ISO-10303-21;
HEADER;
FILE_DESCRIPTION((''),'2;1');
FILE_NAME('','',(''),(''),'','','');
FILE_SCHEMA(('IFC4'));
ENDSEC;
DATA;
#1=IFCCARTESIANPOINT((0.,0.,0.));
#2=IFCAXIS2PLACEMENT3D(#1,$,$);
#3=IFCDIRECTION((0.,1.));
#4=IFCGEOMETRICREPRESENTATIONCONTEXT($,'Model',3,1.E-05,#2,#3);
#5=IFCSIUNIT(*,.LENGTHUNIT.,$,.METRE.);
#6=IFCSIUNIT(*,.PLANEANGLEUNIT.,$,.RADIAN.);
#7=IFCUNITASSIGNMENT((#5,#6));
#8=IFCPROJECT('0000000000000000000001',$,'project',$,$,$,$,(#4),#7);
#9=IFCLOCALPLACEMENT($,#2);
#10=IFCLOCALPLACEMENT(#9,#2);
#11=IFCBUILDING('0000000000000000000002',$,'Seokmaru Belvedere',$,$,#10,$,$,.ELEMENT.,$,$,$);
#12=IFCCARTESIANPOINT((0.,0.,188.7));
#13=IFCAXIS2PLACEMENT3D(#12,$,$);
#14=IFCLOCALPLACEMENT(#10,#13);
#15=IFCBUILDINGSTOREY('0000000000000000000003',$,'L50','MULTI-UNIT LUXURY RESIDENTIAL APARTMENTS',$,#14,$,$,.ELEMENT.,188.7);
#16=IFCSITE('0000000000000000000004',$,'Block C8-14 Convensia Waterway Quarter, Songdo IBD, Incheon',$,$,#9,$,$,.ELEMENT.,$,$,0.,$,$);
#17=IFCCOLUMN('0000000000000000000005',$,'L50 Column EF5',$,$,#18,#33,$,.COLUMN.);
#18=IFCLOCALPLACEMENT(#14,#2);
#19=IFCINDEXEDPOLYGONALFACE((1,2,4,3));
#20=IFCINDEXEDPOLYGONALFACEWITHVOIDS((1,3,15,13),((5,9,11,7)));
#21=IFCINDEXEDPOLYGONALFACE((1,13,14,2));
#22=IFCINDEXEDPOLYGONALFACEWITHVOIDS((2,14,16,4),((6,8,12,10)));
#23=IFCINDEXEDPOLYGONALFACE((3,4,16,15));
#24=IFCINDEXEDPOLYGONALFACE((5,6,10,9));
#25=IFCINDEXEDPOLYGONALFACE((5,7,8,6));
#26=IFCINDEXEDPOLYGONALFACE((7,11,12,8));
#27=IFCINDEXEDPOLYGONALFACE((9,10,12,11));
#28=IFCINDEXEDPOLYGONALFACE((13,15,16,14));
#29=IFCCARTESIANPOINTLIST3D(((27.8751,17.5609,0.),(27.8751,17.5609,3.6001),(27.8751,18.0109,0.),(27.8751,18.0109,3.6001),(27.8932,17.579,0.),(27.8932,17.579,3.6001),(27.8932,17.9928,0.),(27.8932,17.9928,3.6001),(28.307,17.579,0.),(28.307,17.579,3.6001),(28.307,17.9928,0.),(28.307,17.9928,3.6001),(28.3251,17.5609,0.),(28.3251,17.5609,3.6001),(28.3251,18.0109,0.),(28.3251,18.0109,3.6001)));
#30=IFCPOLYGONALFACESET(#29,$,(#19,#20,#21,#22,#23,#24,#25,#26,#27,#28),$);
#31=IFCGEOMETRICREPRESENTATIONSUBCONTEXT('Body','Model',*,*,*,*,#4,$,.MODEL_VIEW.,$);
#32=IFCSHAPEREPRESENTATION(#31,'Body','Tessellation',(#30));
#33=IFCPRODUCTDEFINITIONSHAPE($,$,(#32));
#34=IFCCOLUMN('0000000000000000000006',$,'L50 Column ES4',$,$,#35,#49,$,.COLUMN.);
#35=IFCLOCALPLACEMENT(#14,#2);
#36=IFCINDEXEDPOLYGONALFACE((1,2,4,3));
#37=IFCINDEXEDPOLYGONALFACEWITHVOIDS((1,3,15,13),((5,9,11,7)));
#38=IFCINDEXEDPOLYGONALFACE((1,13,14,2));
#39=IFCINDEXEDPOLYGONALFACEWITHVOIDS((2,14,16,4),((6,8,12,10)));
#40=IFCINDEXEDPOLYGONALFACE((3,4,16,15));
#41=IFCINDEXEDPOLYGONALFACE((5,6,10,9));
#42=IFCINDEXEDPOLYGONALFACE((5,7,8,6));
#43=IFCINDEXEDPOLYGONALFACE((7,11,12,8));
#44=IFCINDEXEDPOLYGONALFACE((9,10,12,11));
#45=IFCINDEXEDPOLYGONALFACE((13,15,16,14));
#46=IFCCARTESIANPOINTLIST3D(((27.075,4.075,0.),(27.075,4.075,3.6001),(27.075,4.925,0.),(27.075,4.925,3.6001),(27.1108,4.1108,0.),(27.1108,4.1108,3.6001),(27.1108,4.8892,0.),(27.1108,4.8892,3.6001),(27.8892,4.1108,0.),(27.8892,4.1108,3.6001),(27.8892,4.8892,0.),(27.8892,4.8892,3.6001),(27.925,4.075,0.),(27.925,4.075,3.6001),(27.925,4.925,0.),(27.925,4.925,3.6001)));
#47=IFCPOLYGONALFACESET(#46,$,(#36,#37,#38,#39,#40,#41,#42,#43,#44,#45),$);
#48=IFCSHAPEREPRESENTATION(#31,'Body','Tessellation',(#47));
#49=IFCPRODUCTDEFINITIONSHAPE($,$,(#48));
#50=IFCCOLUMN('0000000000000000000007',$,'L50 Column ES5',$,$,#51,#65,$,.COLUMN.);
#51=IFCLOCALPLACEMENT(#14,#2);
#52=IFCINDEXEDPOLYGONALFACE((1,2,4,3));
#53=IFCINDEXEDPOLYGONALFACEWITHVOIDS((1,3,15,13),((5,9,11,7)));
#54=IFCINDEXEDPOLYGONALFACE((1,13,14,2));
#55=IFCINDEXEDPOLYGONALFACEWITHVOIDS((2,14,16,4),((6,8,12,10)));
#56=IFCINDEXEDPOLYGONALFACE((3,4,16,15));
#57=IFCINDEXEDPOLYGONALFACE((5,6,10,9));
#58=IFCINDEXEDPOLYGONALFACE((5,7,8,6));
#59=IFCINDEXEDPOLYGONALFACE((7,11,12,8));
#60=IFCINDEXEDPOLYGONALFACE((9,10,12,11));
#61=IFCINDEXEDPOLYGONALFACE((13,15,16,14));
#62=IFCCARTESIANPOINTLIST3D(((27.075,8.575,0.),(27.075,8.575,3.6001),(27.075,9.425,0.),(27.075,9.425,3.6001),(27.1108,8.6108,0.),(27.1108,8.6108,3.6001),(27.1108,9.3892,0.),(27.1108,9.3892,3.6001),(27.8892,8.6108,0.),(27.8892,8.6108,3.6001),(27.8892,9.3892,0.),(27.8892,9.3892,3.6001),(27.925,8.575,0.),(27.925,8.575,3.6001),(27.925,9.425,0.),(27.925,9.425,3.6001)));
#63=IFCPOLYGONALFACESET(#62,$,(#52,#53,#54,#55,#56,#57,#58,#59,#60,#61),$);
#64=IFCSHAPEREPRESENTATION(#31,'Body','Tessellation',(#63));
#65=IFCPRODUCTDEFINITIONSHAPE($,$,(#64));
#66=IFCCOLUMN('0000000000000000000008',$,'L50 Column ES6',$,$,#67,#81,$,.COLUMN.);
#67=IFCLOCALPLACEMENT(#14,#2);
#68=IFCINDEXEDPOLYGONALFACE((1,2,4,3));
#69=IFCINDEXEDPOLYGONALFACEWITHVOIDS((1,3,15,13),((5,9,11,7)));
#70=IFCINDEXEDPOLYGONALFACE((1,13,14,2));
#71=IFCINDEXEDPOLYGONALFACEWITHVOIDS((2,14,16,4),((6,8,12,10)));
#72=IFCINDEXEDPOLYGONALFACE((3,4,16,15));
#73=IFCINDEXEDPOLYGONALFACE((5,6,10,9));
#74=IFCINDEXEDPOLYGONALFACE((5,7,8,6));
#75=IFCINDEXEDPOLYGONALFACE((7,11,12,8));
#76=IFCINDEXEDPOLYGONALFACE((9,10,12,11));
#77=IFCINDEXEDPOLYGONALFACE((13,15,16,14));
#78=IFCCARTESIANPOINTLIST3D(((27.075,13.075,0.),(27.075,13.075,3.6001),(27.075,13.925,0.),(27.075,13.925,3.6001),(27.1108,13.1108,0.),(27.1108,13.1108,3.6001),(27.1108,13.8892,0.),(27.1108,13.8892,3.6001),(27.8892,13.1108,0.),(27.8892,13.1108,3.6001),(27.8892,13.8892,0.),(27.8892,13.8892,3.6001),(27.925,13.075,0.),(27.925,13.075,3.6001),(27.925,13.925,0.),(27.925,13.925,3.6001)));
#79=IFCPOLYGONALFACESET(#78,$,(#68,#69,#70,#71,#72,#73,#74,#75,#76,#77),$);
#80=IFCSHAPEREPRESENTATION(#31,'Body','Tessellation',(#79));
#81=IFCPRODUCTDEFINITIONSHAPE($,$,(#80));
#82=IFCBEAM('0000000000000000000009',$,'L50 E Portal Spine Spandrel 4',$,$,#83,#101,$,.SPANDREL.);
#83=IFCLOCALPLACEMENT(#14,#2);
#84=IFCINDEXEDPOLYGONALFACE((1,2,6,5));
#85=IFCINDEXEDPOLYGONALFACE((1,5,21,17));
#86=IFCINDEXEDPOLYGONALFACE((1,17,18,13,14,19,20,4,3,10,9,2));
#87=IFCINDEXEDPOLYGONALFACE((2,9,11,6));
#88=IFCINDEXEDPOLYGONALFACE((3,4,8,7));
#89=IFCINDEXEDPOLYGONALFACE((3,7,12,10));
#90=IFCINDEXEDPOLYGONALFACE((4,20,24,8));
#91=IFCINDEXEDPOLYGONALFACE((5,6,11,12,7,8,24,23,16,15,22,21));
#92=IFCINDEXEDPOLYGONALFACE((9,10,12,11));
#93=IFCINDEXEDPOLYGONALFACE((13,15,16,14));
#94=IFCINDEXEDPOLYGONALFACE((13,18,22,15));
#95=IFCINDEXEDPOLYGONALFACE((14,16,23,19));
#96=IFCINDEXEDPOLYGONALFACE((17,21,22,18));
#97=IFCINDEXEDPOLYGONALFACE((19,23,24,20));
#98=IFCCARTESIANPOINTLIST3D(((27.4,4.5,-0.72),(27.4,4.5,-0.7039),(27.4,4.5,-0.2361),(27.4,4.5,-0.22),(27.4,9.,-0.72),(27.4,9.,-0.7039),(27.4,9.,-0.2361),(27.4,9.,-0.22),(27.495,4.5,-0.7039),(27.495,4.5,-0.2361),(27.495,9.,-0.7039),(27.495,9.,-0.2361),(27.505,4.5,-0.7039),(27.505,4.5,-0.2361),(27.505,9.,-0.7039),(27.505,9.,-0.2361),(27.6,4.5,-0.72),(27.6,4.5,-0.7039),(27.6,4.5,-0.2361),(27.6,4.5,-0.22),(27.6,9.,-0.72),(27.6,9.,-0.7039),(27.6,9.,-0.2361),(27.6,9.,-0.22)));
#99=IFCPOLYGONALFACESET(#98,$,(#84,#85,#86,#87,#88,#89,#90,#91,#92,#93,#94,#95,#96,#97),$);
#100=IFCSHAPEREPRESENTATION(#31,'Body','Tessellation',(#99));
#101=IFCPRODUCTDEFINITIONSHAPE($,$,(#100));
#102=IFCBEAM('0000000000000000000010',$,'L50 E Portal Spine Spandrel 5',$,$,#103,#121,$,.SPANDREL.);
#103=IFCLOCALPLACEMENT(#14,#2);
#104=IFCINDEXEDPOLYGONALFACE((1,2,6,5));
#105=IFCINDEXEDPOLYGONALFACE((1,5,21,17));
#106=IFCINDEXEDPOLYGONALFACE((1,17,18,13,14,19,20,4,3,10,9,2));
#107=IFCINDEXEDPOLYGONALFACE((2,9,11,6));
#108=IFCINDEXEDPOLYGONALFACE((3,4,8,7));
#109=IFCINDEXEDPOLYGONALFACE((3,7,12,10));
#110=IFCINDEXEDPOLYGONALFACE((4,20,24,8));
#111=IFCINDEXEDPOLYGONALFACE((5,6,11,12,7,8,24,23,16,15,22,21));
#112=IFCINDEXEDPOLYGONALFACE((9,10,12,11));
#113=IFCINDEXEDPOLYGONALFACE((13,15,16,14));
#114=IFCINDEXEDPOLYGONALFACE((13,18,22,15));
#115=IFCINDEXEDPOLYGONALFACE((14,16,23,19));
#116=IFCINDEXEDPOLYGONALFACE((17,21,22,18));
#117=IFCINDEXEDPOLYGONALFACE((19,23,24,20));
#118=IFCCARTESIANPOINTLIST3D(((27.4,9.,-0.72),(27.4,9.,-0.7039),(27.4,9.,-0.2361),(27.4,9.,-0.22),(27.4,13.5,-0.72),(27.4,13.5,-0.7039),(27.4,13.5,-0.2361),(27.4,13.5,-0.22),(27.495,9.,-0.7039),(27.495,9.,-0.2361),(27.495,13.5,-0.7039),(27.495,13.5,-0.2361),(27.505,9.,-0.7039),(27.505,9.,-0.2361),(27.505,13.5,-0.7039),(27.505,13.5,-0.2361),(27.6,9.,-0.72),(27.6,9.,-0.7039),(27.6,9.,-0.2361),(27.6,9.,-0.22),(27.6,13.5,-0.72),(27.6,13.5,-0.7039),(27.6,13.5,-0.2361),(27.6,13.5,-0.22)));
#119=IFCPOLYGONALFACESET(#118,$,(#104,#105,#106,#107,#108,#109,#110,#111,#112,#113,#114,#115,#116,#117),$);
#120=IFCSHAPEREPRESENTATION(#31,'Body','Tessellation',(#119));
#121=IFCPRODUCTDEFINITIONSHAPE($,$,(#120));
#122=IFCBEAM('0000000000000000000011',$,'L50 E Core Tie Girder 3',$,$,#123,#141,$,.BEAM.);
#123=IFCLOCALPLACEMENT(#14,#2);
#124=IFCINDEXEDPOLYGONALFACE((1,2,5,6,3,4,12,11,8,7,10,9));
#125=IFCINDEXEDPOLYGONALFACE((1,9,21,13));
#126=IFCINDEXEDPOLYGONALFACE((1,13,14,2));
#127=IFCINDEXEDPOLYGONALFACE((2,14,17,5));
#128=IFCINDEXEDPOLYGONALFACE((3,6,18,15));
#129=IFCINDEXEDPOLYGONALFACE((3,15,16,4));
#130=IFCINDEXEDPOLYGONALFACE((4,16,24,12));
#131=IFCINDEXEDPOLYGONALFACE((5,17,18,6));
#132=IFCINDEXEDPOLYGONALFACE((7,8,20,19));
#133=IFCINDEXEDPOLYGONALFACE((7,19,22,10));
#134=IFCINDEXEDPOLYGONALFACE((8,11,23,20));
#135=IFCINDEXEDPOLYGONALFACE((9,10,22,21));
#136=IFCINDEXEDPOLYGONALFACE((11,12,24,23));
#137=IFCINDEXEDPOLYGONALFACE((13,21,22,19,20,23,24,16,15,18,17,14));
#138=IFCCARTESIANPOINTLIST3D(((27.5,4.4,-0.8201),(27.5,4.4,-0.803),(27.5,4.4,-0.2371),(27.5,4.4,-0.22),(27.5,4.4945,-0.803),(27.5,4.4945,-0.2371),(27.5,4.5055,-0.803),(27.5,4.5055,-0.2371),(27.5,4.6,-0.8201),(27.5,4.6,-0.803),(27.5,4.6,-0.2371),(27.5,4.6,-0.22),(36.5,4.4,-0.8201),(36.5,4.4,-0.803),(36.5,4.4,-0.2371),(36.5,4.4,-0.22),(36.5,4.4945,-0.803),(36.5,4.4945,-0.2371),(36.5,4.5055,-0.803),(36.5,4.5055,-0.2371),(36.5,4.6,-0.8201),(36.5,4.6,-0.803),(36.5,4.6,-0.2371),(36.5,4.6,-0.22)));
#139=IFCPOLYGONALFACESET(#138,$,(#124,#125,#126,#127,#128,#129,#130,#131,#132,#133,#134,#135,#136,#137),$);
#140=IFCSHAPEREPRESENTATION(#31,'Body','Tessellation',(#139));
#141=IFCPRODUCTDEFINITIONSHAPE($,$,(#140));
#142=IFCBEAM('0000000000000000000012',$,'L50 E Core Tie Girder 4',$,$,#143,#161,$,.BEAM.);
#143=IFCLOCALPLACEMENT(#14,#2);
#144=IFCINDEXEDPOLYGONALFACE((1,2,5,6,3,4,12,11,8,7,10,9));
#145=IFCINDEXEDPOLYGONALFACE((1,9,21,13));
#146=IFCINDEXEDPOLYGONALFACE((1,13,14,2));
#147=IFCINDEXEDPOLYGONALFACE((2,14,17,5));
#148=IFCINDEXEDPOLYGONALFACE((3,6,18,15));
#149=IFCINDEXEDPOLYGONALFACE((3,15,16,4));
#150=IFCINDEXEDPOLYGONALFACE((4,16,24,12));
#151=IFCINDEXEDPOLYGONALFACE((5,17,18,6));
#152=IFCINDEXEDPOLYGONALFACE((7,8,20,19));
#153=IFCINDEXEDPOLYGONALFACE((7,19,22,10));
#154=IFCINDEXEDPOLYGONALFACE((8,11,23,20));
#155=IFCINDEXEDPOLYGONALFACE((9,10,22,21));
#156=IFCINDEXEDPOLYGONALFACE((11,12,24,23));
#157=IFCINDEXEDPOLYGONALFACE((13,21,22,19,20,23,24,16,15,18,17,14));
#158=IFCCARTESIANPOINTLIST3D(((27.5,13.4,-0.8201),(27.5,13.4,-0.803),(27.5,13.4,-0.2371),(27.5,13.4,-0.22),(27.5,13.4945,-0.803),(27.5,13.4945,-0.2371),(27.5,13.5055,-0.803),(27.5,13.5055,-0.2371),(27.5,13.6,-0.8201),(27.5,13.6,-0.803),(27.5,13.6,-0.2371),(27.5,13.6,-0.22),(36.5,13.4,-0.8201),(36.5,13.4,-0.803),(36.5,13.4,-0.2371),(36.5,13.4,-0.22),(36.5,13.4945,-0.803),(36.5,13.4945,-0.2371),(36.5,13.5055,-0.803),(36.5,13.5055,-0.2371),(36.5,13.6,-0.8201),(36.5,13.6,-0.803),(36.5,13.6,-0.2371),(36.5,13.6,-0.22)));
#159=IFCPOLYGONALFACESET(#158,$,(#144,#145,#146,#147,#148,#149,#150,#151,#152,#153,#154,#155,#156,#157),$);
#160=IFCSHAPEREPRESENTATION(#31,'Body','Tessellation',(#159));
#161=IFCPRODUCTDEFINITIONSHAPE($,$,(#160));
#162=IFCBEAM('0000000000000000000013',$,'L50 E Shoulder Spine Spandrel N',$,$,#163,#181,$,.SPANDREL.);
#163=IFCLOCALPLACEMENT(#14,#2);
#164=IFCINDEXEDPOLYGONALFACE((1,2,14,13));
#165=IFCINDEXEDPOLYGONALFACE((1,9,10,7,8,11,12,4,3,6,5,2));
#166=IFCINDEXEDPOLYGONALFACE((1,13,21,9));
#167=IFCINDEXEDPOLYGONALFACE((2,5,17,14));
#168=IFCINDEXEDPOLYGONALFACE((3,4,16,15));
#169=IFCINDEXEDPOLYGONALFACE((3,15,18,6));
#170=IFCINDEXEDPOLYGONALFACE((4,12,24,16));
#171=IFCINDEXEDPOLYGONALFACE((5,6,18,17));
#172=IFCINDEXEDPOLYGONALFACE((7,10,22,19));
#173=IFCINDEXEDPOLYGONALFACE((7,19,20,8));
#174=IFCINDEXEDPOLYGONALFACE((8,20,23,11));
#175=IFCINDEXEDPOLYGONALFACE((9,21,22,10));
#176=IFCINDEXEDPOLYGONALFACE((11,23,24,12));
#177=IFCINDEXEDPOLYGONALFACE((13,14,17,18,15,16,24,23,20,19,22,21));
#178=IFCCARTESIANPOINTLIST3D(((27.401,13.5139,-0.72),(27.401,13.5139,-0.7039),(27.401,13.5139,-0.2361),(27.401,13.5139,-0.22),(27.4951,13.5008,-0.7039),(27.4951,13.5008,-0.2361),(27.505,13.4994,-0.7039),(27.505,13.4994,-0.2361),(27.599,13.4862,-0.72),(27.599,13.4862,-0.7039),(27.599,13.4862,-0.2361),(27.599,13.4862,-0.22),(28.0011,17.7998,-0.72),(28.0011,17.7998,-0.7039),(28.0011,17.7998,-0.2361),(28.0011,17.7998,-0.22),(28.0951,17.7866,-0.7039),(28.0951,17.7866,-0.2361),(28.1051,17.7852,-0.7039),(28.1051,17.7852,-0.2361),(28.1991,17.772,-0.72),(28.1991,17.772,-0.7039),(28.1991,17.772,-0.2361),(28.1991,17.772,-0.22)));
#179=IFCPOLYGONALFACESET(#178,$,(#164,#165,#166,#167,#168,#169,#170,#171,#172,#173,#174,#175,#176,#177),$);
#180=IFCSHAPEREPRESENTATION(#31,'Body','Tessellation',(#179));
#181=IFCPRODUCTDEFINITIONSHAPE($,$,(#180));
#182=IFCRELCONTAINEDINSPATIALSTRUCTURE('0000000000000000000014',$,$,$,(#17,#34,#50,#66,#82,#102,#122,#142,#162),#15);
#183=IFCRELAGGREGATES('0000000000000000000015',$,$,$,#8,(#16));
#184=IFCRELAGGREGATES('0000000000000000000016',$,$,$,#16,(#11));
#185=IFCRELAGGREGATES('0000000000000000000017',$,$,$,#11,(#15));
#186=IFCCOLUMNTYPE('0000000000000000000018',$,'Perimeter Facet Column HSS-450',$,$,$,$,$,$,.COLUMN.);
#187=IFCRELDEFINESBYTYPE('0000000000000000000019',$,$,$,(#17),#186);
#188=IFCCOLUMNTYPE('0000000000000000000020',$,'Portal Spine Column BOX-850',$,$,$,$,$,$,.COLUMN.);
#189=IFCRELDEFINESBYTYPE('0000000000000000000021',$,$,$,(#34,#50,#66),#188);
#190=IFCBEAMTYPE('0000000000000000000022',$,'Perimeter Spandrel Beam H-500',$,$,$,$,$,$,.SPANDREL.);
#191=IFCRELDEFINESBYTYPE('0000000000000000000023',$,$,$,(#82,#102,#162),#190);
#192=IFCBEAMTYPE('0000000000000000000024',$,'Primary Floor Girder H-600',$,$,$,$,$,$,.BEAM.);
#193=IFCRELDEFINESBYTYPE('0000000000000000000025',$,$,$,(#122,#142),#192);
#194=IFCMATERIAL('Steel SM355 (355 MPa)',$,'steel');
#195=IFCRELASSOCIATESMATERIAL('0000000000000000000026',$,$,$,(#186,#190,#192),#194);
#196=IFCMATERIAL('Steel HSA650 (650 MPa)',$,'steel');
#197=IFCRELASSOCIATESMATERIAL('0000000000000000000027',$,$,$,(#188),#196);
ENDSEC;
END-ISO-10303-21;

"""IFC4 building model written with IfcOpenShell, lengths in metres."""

from ifc_helpers import new_model, si_unit, direction, frame, origin, origin_2d, place, context, subcontext, project, spatial, hollow_rectangle, i_section, extrude, source, transform, mapped, material, material_profile, profile_set, type_object, type_shapes, element, save


model = new_model("IFC4")

# Units and contexts
model_context = context("Model", 3, precision=1e-05, world=origin(), true_north=direction((0.0, 1.0)))
body_context = subcontext(model_context, "Body", "Model", "MODEL_VIEW")
ifc_project = project(units=[si_unit("LENGTHUNIT", "METRE"), si_unit("PLANEANGLEUNIT", "RADIAN")], contexts=[model_context])

# Site, building, storey
site_placement = place(None, origin())
site = spatial("IfcSite", under=ifc_project, at=site_placement, Name="Block C8-14 Convensia Waterway Quarter, Songdo IBD, Incheon", CompositionType="ELEMENT", RefElevation=0.0)
building_placement = place(site_placement, origin())
building = spatial("IfcBuilding", under=site, at=building_placement, Name="Seokmaru Belvedere", CompositionType="ELEMENT")
storey_placement = place(building_placement, frame((0.0, 0.0, 188.7)))
storey = spatial("IfcBuildingStorey", under=building, at=storey_placement, Name="L50", Description="MULTI-UNIT LUXURY RESIDENTIAL APARTMENTS", CompositionType="ELEMENT", Elevation=188.7)

# Columns
ifc_material_1 = material(Name="Steel SM355 (355 MPa)", Category="steel")
ifc_material_profile_1 = material_profile(ifc_material_1, hollow_rectangle(XDim=0.45, YDim=0.45, WallThickness=0.0181, at=origin_2d()), Name="HSS-450x450x18")
ifc_profile_set_1 = profile_set([ifc_material_profile_1], Name="Steel SM355 (355 MPa)")
column_type_1 = type_object("IfcColumnType", Name="Perimeter Facet Column HSS-450", PredefinedType="COLUMN", material=ifc_profile_set_1)
shared_shape_1 = source(origin(), body_context, "Body", "SweptSolid", [
    extrude(hollow_rectangle(XDim=0.45, YDim=0.45, WallThickness=0.0181, at=origin_2d()), origin(), (0.0, 0.0, 1.0), 3.6001),
])
type_shapes(column_type_1, [shared_shape_1])
column_placement = place(storey_placement, frame((28.1001, 17.7859, 0.0), z_axis=(0.0, 0.0, 1.0), x_axis=(1.0, 0.0, 0.0)))
element("IfcColumn", 1, at=column_placement, inside=storey, type_object=column_type_1, Name="L50 Column EF5", PredefinedType="COLUMN", context=body_context, shape_type="MappedRepresentation", body=[
    mapped(shared_shape_1, transform((0.0, 0.0, 0.0), scale=1.0)),
])
ifc_material_2 = material(Name="Steel HSA650 (650 MPa)", Category="steel")
ifc_material_profile_2 = material_profile(ifc_material_2, hollow_rectangle(XDim=0.8501, YDim=0.8501, WallThickness=0.0359, at=origin_2d()), Name="BOX-850x850x36")
ifc_profile_set_2 = profile_set([ifc_material_profile_2], Name="Steel HSA650 (650 MPa)")
column_type_2 = type_object("IfcColumnType", Name="Portal Spine Column BOX-850", PredefinedType="COLUMN", material=ifc_profile_set_2)
shared_shape_2 = source(origin(), body_context, "Body", "SweptSolid", [
    extrude(hollow_rectangle(XDim=0.8501, YDim=0.8501, WallThickness=0.0359, at=origin_2d()), origin(), (0.0, 0.0, 1.0), 3.6001),
])
type_shapes(column_type_2, [shared_shape_2])
for number, where, z_axis, x_axis, name in (
    (2, (27.5, 4.5, 0.0), (0.0, 0.0, 1.0), (1.0, 0.0, 0.0), "L50 Column ES4"),
    (3, (27.5, 9.0, 0.0), (0.0, 0.0, 1.0), (1.0, 0.0, 0.0), "L50 Column ES5"),
    (4, (27.5, 13.5, 0.0), (0.0, 0.0, 1.0), (1.0, 0.0, 0.0), "L50 Column ES6"),
):
    element("IfcColumn", number, at=place(storey_placement, frame(where, z_axis=z_axis, x_axis=x_axis)), inside=storey, type_object=column_type_2, Name=name, PredefinedType="COLUMN", context=body_context, shape_type="MappedRepresentation", body=[
        mapped(shared_shape_2, transform((0.0, 0.0, 0.0), scale=1.0)),
    ])

# Beams
ifc_material_profile_3 = material_profile(ifc_material_1, i_section(OverallWidth=0.2, OverallDepth=0.5, WebThickness=0.01, FlangeThickness=0.0161, at=origin_2d()), Name="H-500x200x10x16")
ifc_profile_set_3 = profile_set([ifc_material_profile_3], Name="Steel SM355 (355 MPa)")
beam_type_1 = type_object("IfcBeamType", Name="Perimeter Spandrel Beam H-500", PredefinedType="SPANDREL", material=ifc_profile_set_3)
shared_shape_3 = source(origin(), body_context, "Body", "SweptSolid", [
    extrude(i_section(OverallWidth=0.2, OverallDepth=0.5, WebThickness=0.01, FlangeThickness=0.0161, at=origin_2d()), origin(), (0.0, 0.0, 1.0), 4.5),
])
for number, where, z_axis, x_axis, name in (
    (5, (27.5, 4.5, -0.47), (0.0, 1.0, 0.0), (-1.0, 0.0, 0.0), "L50 E Portal Spine Spandrel 4"),
    (6, (27.5, 9.0, -0.47), (0.0, 1.0, 0.0), (-1.0, 0.0, 0.0), "L50 E Portal Spine Spandrel 5"),
):
    element("IfcBeam", number, at=place(storey_placement, frame(where, z_axis=z_axis, x_axis=x_axis)), inside=storey, type_object=beam_type_1, Name=name, PredefinedType="SPANDREL", context=body_context, shape_type="MappedRepresentation", body=[
        mapped(shared_shape_3, transform((0.0, 0.0, 0.0), scale=1.0)),
    ])
ifc_material_profile_4 = material_profile(ifc_material_1, i_section(OverallWidth=0.2, OverallDepth=0.6001, WebThickness=0.011, FlangeThickness=0.0171, at=origin_2d()), Name="H-600x200x11x17")
ifc_profile_set_4 = profile_set([ifc_material_profile_4], Name="Steel SM355 (355 MPa)")
beam_type_2 = type_object("IfcBeamType", Name="Primary Floor Girder H-600", PredefinedType="BEAM", material=ifc_profile_set_4)
shared_shape_4 = source(origin(), body_context, "Body", "SweptSolid", [
    extrude(i_section(OverallWidth=0.2, OverallDepth=0.6001, WebThickness=0.011, FlangeThickness=0.0171, at=origin_2d()), origin(), (0.0, 0.0, 1.0), 9.0),
])
type_shapes(beam_type_2, [shared_shape_4])
for number, where, z_axis, x_axis, name in (
    (7, (27.5, 4.5, -0.52), (1.0, 0.0, 0.0), (0.0, 1.0, 0.0), "L50 E Core Tie Girder 3"),
    (8, (27.5, 13.5, -0.52), (1.0, 0.0, 0.0), (0.0, 1.0, 0.0), "L50 E Core Tie Girder 4"),
):
    element("IfcBeam", number, at=place(storey_placement, frame(where, z_axis=z_axis, x_axis=x_axis)), inside=storey, type_object=beam_type_2, Name=name, PredefinedType="BEAM", context=body_context, shape_type="MappedRepresentation", body=[
        mapped(shared_shape_4, transform((0.0, 0.0, 0.0), scale=1.0)),
    ])
shared_shape_5 = source(origin(), body_context, "Body", "SweptSolid", [
    extrude(i_section(OverallWidth=0.2, OverallDepth=0.5, WebThickness=0.01, FlangeThickness=0.0161, at=origin_2d()), origin(), (0.0, 0.0, 1.0), 4.3276),
])
type_shapes(beam_type_1, [shared_shape_3, shared_shape_5])
beam_placement = place(storey_placement, frame((28.1001, 17.7859, -0.47), z_axis=(-0.138664, -0.990339, 0.0), x_axis=(0.990339, -0.138664, 0.0)))
element("IfcBeam", 9, at=beam_placement, inside=storey, type_object=beam_type_1, Name="L50 E Shoulder Spine Spandrel N", PredefinedType="SPANDREL", context=body_context, shape_type="MappedRepresentation", body=[
    mapped(shared_shape_5, transform((0.0, 0.0, 0.0), scale=1.0)),
])

save(model, "model.ifc")
